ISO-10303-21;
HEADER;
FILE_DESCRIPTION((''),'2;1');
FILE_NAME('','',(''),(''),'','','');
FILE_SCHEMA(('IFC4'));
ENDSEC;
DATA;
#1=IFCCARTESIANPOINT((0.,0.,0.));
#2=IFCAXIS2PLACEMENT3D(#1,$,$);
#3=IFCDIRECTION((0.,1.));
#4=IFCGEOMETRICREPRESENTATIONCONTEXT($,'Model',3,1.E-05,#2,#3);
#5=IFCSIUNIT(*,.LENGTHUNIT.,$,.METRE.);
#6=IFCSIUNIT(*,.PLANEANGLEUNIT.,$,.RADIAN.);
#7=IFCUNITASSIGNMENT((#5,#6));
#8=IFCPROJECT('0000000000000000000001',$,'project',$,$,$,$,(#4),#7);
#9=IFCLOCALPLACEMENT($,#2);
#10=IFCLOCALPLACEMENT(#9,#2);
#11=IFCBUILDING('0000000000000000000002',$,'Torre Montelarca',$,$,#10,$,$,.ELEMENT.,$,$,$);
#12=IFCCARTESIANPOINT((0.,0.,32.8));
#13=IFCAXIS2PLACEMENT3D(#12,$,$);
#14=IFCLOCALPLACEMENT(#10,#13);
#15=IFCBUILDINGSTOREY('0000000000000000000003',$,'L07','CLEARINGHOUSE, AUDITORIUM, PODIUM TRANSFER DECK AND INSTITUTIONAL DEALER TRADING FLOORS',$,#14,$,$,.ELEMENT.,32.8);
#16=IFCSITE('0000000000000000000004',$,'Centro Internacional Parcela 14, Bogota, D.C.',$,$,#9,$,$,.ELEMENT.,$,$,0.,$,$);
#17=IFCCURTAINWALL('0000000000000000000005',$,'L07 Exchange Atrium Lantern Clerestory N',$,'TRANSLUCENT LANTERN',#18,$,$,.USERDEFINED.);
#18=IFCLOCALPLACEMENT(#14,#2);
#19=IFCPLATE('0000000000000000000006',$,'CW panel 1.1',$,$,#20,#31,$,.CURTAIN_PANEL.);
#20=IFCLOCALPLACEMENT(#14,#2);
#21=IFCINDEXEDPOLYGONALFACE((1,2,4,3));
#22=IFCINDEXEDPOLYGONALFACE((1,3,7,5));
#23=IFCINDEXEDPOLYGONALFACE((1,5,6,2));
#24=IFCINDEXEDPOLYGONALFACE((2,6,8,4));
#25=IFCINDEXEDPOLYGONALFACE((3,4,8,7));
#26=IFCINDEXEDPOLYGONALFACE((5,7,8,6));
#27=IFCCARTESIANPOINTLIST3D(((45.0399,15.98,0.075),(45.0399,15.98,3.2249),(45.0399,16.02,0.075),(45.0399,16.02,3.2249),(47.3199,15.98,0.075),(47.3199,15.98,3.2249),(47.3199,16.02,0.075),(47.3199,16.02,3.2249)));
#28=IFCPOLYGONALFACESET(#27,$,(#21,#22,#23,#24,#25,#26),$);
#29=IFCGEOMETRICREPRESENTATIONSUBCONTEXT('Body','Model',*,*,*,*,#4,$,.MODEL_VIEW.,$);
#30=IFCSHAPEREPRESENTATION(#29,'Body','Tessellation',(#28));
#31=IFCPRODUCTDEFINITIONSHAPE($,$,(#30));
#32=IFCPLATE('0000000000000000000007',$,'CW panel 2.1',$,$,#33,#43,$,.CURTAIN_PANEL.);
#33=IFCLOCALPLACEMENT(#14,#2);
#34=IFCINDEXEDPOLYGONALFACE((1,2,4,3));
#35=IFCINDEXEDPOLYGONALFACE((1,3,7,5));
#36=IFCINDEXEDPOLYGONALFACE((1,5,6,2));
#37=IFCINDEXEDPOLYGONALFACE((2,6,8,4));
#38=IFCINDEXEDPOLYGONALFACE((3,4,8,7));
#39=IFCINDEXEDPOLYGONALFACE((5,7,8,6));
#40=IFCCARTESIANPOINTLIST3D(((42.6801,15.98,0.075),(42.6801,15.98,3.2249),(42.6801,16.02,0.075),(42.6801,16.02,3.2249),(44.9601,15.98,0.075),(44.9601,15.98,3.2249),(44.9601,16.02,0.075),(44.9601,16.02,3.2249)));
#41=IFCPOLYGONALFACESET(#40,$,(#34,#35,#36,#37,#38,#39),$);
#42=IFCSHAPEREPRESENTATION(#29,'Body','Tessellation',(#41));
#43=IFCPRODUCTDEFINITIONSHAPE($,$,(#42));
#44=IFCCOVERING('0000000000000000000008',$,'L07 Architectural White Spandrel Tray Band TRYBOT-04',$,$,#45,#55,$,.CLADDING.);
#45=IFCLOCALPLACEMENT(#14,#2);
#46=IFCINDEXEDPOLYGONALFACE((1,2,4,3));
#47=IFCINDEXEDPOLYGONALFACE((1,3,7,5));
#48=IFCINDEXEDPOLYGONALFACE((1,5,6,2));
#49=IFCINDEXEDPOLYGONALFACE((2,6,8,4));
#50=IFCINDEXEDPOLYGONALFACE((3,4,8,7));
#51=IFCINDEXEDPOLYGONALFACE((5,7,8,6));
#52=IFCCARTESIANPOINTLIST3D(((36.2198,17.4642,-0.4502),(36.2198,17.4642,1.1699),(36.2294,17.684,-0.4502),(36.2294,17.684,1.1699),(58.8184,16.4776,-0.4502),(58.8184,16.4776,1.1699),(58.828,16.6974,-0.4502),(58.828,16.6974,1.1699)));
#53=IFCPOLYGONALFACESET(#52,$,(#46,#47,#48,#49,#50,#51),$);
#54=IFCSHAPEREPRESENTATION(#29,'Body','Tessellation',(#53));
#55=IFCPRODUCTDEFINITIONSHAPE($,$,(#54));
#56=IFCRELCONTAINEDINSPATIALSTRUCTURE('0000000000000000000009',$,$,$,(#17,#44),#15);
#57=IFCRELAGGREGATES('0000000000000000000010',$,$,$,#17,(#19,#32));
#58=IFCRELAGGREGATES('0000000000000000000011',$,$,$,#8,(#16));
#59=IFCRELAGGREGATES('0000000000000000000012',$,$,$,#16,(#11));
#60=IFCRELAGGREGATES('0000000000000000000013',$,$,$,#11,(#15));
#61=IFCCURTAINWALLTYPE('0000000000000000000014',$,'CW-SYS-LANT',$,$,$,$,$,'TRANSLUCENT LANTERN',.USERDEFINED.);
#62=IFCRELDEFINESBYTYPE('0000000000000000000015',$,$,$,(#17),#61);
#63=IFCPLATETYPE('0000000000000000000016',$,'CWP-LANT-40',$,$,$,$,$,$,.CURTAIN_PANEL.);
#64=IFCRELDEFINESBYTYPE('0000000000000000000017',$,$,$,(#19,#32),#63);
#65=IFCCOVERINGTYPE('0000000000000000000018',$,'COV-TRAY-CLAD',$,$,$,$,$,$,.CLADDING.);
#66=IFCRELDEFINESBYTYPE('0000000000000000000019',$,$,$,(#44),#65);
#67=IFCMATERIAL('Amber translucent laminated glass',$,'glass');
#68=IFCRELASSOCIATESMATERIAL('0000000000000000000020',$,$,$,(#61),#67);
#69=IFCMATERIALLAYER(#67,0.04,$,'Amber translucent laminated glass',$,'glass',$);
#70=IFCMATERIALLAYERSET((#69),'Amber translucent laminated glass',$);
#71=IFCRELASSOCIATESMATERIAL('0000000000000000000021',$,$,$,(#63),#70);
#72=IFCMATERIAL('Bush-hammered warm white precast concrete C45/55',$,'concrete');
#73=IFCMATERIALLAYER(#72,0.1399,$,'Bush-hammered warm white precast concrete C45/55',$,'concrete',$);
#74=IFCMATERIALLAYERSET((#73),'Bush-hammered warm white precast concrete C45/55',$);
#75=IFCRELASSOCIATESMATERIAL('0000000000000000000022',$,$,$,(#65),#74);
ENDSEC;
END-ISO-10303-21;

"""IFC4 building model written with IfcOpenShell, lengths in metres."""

from ifc_helpers import new_model, si_unit, direction, frame, origin, origin_2d, place, context, subcontext, project, spatial, rectangle, extrude, source, transform, mapped, material, layer, layer_set, type_object, element, aggregate, save


model = new_model("IFC4")

# Units and contexts
model_context = context("Model", 3, precision=1e-05, world=origin(), true_north=direction((0.0, 1.0)))
body_context = subcontext(model_context, "Body", "Model", "MODEL_VIEW")
ifc_project = project(units=[si_unit("LENGTHUNIT", "METRE"), si_unit("PLANEANGLEUNIT", "RADIAN")], contexts=[model_context])

# Site, building, storey
site_placement = place(None, origin())
site = spatial("IfcSite", under=ifc_project, at=site_placement, Name="Centro Internacional Parcela 14, Bogota, D.C.", CompositionType="ELEMENT", RefElevation=0.0)
building_placement = place(site_placement, origin())
building = spatial("IfcBuilding", under=site, at=building_placement, Name="Torre Montelarca", CompositionType="ELEMENT")
storey_placement = place(building_placement, frame((0.0, 0.0, 32.8)))
storey = spatial("IfcBuildingStorey", under=building, at=storey_placement, Name="L07", Description="CLEARINGHOUSE, AUDITORIUM, PODIUM TRANSFER DECK AND INSTITUTIONAL DEALER TRADING FLOORS", CompositionType="ELEMENT", Elevation=32.8)

# Curtain wall
ifc_material_1 = material(Name="Amber translucent laminated glass", Category="glass")
curtain_wall_type = type_object("IfcCurtainWallType", Name="CW-SYS-LANT", ElementType="TRANSLUCENT LANTERN", PredefinedType="USERDEFINED", material=ifc_material_1)
curtain_wall_1_placement = place(storey_placement, origin())
curtain_wall_1 = element("IfcCurtainWall", 1, at=curtain_wall_1_placement, inside=storey, type_object=curtain_wall_type, Name="L07 Exchange Atrium Lantern Clerestory N", ObjectType="TRANSLUCENT LANTERN", PredefinedType="USERDEFINED")

# Plates
ifc_layer_1 = layer(ifc_material_1, 0.04, Name="Amber translucent laminated glass", Category="glass")
ifc_layer_set_1 = layer_set([ifc_layer_1], Name="Amber translucent laminated glass")
plate_type_1 = type_object("IfcPlateType", Name="CWP-LANT-40", PredefinedType="CURTAIN_PANEL", material=ifc_layer_set_1)
shared_shape_1 = source(origin(), body_context, "Body", "SweptSolid", [
    extrude(rectangle(XDim=2.28, YDim=0.04, at=origin_2d()), origin(), (0.0, 0.0, 1.0), 3.1499),
])
plate_1_placement = place(storey_placement, frame((46.1799, 16.0, 0.075), z_axis=(0.0, 0.0, 1.0), x_axis=(-1.0, 0.0, 0.0)))
plate_1 = element("IfcPlate", 2, at=plate_1_placement, type_object=plate_type_1, Name="CW panel 1.1", PredefinedType="CURTAIN_PANEL", context=body_context, shape_type="MappedRepresentation", body=[
    mapped(shared_shape_1, transform((0.0, 0.0, 0.0), scale=1.0)),
])
plate_2_placement = place(storey_placement, frame((43.8201, 16.0, 0.075), z_axis=(0.0, 0.0, 1.0), x_axis=(-1.0, 0.0, 0.0)))
plate_2 = element("IfcPlate", 3, at=plate_2_placement, type_object=plate_type_1, Name="CW panel 2.1", PredefinedType="CURTAIN_PANEL", context=body_context, shape_type="MappedRepresentation", body=[
    mapped(shared_shape_1, transform((0.0, 0.0, 0.0), scale=1.0)),
])
aggregate(curtain_wall_1, [plate_1, plate_2])

# Covering
ifc_material_2 = material(Name="Bush-hammered warm white precast concrete C45/55", Category="concrete")
ifc_layer_2 = layer(ifc_material_2, 0.1399, Name="Bush-hammered warm white precast concrete C45/55", Category="concrete")
ifc_layer_set_2 = layer_set([ifc_layer_2], Name="Bush-hammered warm white precast concrete C45/55")
covering_type = type_object("IfcCoveringType", Name="COV-TRAY-CLAD", PredefinedType="CLADDING", material=ifc_layer_set_2)
shared_shape_2 = source(origin(), body_context, "Body", "SweptSolid", [
    extrude(rectangle(XDim=22.6201, YDim=0.22, at=origin_2d()), origin(), (0.0, 0.0, 1.0), 1.6201),
])
covering_placement = place(storey_placement, frame((47.5239, 17.0808, -0.4502), z_axis=(0.0, 0.0, 1.0), x_axis=(0.999048, -0.043618, 0.0)))
element("IfcCovering", 4, at=covering_placement, inside=storey, type_object=covering_type, Name="L07 Architectural White Spandrel Tray Band TRYBOT-04", PredefinedType="CLADDING", context=body_context, shape_type="MappedRepresentation", body=[
    mapped(shared_shape_2, transform((0.0, 0.0, 0.0), scale=1.0)),
])

save(model, "model.ifc")
